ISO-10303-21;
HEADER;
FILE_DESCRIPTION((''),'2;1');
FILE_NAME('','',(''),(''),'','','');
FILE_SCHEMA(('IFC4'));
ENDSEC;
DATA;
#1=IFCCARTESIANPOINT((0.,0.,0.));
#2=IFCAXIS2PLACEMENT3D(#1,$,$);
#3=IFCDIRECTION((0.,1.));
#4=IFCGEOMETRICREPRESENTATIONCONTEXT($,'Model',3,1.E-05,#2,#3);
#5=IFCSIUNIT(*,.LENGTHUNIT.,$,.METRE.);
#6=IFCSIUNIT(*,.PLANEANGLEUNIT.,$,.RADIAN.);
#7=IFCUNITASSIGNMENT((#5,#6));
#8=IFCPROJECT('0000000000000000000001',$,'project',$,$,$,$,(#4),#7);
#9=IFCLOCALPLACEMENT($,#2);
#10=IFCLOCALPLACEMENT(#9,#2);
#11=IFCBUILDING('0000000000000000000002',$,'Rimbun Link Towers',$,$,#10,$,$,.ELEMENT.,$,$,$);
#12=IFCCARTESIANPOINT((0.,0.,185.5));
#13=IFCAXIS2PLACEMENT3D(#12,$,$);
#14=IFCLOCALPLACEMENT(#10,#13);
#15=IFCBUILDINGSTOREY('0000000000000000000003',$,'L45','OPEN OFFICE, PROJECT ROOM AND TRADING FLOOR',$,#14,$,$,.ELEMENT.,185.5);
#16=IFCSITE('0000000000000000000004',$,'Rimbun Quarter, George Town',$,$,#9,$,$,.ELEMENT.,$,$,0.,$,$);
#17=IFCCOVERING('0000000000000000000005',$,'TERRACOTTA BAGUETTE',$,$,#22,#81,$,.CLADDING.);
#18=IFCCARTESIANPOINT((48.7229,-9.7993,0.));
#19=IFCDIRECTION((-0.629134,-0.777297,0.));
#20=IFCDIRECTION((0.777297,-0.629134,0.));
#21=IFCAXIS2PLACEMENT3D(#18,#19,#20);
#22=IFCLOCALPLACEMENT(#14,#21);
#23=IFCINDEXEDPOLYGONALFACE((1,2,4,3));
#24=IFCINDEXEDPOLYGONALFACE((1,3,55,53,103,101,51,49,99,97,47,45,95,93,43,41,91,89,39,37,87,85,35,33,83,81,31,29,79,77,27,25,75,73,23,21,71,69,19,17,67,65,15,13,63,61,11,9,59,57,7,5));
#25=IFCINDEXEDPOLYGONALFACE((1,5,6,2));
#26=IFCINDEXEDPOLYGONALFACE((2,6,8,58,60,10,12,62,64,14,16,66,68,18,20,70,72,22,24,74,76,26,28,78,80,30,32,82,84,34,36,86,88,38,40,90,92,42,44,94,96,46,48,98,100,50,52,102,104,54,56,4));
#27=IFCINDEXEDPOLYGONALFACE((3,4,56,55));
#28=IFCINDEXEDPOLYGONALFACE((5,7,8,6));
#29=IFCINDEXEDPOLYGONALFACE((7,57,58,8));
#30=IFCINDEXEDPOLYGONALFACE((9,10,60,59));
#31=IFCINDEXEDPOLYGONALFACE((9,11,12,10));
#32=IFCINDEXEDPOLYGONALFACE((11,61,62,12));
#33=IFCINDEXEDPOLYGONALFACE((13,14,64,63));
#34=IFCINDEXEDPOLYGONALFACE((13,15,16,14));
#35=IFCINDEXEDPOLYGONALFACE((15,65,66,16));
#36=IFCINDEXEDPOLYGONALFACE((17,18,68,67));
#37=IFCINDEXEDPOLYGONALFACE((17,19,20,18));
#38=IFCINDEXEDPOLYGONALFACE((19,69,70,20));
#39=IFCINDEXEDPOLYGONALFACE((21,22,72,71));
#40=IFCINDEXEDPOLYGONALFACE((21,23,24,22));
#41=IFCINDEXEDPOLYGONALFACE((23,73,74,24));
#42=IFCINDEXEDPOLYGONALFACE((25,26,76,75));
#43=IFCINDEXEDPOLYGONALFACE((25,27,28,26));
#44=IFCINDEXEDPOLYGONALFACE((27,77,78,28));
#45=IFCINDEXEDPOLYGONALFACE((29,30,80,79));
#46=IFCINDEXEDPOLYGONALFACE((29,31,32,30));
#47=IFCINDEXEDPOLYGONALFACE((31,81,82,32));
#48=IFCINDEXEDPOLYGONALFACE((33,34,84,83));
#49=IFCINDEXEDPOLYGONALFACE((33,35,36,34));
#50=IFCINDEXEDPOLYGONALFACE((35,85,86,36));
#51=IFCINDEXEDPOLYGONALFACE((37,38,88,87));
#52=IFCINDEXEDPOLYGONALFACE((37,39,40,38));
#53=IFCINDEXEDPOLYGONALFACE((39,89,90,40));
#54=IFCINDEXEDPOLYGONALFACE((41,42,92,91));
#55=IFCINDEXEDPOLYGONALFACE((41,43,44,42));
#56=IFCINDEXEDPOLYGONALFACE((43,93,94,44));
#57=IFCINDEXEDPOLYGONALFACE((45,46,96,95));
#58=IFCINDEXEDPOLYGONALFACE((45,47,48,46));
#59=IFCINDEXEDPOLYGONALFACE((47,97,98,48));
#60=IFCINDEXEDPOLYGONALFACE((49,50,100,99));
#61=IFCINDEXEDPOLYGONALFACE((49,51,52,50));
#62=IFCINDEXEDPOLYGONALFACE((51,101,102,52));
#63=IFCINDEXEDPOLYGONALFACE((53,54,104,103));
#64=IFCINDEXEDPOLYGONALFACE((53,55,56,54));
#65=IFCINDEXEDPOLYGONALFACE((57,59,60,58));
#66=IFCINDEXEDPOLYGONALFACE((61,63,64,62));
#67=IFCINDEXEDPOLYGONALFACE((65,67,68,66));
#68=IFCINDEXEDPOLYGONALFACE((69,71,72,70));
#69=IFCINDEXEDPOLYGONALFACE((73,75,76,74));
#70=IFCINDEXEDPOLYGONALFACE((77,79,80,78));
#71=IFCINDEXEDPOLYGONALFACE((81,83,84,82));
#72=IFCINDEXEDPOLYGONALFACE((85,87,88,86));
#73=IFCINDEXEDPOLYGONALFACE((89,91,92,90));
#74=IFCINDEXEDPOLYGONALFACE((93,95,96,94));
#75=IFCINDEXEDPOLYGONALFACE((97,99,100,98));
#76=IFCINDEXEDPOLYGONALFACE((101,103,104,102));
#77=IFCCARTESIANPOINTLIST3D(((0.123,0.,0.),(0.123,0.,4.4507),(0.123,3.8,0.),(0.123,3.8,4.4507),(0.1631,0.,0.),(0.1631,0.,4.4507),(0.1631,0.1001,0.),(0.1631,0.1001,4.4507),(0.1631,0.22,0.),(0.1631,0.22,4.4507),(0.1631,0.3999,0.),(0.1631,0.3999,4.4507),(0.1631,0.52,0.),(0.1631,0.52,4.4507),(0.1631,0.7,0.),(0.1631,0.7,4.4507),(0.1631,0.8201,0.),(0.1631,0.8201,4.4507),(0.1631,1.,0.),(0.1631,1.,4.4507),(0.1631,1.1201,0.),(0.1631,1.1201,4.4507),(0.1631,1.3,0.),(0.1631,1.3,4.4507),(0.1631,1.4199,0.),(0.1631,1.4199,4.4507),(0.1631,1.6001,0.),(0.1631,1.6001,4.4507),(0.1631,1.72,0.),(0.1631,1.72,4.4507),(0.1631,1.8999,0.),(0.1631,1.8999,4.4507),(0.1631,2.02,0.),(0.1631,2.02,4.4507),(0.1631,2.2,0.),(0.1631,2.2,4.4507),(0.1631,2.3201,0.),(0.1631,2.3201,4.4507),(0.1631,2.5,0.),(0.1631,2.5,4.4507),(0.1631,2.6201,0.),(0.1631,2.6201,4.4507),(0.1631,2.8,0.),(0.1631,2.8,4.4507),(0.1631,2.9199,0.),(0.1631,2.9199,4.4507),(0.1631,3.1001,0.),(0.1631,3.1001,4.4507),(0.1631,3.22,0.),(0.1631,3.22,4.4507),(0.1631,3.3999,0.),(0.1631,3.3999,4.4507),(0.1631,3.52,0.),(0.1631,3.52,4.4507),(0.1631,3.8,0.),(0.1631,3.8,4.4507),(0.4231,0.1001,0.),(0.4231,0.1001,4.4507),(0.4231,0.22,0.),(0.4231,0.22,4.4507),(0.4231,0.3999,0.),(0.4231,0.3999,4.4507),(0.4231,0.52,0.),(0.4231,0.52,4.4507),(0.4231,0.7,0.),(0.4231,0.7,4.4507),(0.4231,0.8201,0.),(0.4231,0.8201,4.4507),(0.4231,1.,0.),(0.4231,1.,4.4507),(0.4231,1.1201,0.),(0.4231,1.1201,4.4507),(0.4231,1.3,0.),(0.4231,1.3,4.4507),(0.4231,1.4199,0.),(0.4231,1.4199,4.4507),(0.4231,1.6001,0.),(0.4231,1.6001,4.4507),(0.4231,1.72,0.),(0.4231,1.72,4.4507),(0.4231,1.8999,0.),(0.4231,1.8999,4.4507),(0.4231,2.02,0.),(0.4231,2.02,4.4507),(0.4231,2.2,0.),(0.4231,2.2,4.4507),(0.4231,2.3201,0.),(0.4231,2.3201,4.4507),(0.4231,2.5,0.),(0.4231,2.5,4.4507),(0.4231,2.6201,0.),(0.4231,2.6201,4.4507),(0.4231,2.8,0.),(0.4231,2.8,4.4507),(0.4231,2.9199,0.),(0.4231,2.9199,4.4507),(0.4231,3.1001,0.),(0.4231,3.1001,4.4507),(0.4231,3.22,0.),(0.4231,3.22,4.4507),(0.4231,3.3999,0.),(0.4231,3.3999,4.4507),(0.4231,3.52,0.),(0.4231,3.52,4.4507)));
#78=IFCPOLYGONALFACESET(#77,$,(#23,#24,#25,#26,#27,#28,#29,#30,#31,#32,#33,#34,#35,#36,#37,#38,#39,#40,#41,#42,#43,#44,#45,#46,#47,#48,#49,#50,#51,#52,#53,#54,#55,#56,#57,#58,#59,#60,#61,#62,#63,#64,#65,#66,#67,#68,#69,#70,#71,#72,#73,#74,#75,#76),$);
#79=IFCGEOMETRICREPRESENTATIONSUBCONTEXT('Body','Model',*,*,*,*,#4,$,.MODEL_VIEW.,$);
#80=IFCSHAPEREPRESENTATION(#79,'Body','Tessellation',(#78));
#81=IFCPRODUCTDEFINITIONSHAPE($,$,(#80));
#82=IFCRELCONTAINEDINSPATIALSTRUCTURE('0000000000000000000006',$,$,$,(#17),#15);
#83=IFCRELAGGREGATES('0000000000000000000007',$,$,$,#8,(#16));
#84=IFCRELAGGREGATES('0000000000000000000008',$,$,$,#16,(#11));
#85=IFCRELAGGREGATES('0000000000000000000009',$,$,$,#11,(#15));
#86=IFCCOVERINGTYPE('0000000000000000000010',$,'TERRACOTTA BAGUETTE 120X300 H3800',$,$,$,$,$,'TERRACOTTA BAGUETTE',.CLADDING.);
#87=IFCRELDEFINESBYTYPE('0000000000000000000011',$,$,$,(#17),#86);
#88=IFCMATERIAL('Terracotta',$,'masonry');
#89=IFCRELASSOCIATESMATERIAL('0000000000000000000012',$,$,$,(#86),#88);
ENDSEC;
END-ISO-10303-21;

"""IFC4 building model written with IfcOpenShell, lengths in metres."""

from ifc_helpers import new_model, si_unit, direction, frame, origin, place, context, subcontext, project, spatial, polyline, outline, extrude, material, material_profile, profile_set, type_object, element, save


model = new_model("IFC4")

# Units and contexts
model_context = context("Model", 3, precision=1e-05, world=origin(), true_north=direction((0.0, 1.0)))
body_context = subcontext(model_context, "Body", "Model", "MODEL_VIEW")
ifc_project = project(units=[si_unit("LENGTHUNIT", "METRE"), si_unit("PLANEANGLEUNIT", "RADIAN")], contexts=[model_context])

# Site, building, storey
site_placement = place(None, origin())
site = spatial("IfcSite", under=ifc_project, at=site_placement, Name="Rimbun Quarter, George Town", CompositionType="ELEMENT", RefElevation=0.0)
building_placement = place(site_placement, origin())
building = spatial("IfcBuilding", under=site, at=building_placement, Name="Rimbun Link Towers", CompositionType="ELEMENT")
storey_placement = place(building_placement, frame((0.0, 0.0, 185.5)))
storey = spatial("IfcBuildingStorey", under=building, at=storey_placement, Name="L45", Description="OPEN OFFICE, PROJECT ROOM AND TRADING FLOOR", CompositionType="ELEMENT", Elevation=185.5)

# Covering
ifc_material_1 = material(Name="Terracotta", Category="masonry")
ifc_material_profile_1 = material_profile(ifc_material_1, outline(polyline([(0.123, 0.0), (0.1631, 0.0), (0.1631, 0.1001), (0.4231, 0.1001), (0.4231, 0.22), (0.1631, 0.22), (0.1631, 0.3999), (0.4231, 0.3999), (0.4231, 0.52), (0.1631, 0.52), (0.1631, 0.7), (0.4231, 0.7), (0.4231, 0.8201), (0.1631, 0.8201), (0.1631, 1.0), (0.4231, 1.0), (0.4231, 1.1201), (0.1631, 1.1201), (0.1631, 1.3), (0.4231, 1.3), (0.4231, 1.4199), (0.1631, 1.4199), (0.1631, 1.6001), (0.4231, 1.6001), (0.4231, 1.72), (0.1631, 1.72), (0.1631, 1.8999), (0.4231, 1.8999), (0.4231, 2.02), (0.1631, 2.02), (0.1631, 2.2), (0.4231, 2.2), (0.4231, 2.3201), (0.1631, 2.3201), (0.1631, 2.5), (0.4231, 2.5), (0.4231, 2.6201), (0.1631, 2.6201), (0.1631, 2.8), (0.4231, 2.8), (0.4231, 2.9199), (0.1631, 2.9199), (0.1631, 3.1001), (0.4231, 3.1001), (0.4231, 3.22), (0.1631, 3.22), (0.1631, 3.3999), (0.4231, 3.3999), (0.4231, 3.52), (0.1631, 3.52), (0.1631, 3.8), (0.123, 3.8), (0.123, 0.0)])), Name="BAGUETTE 120X300")
ifc_profile_set_1 = profile_set([ifc_material_profile_1], Name="Terracotta")
covering_type = type_object("IfcCoveringType", Name="TERRACOTTA BAGUETTE 120X300 H3800", ElementType="TERRACOTTA BAGUETTE", PredefinedType="CLADDING", material=ifc_profile_set_1)
covering_1_placement = place(storey_placement, frame((48.7229, -9.7993, 0.0), z_axis=(-0.629134, -0.777297, 0.0), x_axis=(0.777297, -0.629134, 0.0)))
element("IfcCovering", 1, at=covering_1_placement, inside=storey, type_object=covering_type, Name="TERRACOTTA BAGUETTE", PredefinedType="CLADDING", context=body_context, shape_type="SweptSolid", body=[
    extrude(outline(polyline([(0.123, 0.0), (0.1631, 0.0), (0.1631, 0.1001), (0.4231, 0.1001), (0.4231, 0.22), (0.1631, 0.22), (0.1631, 0.3999), (0.4231, 0.3999), (0.4231, 0.52), (0.1631, 0.52), (0.1631, 0.7), (0.4231, 0.7), (0.4231, 0.8201), (0.1631, 0.8201), (0.1631, 1.0), (0.4231, 1.0), (0.4231, 1.1201), (0.1631, 1.1201), (0.1631, 1.3), (0.4231, 1.3), (0.4231, 1.4199), (0.1631, 1.4199), (0.1631, 1.6001), (0.4231, 1.6001), (0.4231, 1.72), (0.1631, 1.72), (0.1631, 1.8999), (0.4231, 1.8999), (0.4231, 2.02), (0.1631, 2.02), (0.1631, 2.2), (0.4231, 2.2), (0.4231, 2.3201), (0.1631, 2.3201), (0.1631, 2.5), (0.4231, 2.5), (0.4231, 2.6201), (0.1631, 2.6201), (0.1631, 2.8), (0.4231, 2.8), (0.4231, 2.9199), (0.1631, 2.9199), (0.1631, 3.1001), (0.4231, 3.1001), (0.4231, 3.22), (0.1631, 3.22), (0.1631, 3.3999), (0.4231, 3.3999), (0.4231, 3.52), (0.1631, 3.52), (0.1631, 3.8), (0.123, 3.8), (0.123, 0.0)])), origin(), (0.0, 0.0, 1.0), 4.4507),
])

save(model, "model.ifc")
